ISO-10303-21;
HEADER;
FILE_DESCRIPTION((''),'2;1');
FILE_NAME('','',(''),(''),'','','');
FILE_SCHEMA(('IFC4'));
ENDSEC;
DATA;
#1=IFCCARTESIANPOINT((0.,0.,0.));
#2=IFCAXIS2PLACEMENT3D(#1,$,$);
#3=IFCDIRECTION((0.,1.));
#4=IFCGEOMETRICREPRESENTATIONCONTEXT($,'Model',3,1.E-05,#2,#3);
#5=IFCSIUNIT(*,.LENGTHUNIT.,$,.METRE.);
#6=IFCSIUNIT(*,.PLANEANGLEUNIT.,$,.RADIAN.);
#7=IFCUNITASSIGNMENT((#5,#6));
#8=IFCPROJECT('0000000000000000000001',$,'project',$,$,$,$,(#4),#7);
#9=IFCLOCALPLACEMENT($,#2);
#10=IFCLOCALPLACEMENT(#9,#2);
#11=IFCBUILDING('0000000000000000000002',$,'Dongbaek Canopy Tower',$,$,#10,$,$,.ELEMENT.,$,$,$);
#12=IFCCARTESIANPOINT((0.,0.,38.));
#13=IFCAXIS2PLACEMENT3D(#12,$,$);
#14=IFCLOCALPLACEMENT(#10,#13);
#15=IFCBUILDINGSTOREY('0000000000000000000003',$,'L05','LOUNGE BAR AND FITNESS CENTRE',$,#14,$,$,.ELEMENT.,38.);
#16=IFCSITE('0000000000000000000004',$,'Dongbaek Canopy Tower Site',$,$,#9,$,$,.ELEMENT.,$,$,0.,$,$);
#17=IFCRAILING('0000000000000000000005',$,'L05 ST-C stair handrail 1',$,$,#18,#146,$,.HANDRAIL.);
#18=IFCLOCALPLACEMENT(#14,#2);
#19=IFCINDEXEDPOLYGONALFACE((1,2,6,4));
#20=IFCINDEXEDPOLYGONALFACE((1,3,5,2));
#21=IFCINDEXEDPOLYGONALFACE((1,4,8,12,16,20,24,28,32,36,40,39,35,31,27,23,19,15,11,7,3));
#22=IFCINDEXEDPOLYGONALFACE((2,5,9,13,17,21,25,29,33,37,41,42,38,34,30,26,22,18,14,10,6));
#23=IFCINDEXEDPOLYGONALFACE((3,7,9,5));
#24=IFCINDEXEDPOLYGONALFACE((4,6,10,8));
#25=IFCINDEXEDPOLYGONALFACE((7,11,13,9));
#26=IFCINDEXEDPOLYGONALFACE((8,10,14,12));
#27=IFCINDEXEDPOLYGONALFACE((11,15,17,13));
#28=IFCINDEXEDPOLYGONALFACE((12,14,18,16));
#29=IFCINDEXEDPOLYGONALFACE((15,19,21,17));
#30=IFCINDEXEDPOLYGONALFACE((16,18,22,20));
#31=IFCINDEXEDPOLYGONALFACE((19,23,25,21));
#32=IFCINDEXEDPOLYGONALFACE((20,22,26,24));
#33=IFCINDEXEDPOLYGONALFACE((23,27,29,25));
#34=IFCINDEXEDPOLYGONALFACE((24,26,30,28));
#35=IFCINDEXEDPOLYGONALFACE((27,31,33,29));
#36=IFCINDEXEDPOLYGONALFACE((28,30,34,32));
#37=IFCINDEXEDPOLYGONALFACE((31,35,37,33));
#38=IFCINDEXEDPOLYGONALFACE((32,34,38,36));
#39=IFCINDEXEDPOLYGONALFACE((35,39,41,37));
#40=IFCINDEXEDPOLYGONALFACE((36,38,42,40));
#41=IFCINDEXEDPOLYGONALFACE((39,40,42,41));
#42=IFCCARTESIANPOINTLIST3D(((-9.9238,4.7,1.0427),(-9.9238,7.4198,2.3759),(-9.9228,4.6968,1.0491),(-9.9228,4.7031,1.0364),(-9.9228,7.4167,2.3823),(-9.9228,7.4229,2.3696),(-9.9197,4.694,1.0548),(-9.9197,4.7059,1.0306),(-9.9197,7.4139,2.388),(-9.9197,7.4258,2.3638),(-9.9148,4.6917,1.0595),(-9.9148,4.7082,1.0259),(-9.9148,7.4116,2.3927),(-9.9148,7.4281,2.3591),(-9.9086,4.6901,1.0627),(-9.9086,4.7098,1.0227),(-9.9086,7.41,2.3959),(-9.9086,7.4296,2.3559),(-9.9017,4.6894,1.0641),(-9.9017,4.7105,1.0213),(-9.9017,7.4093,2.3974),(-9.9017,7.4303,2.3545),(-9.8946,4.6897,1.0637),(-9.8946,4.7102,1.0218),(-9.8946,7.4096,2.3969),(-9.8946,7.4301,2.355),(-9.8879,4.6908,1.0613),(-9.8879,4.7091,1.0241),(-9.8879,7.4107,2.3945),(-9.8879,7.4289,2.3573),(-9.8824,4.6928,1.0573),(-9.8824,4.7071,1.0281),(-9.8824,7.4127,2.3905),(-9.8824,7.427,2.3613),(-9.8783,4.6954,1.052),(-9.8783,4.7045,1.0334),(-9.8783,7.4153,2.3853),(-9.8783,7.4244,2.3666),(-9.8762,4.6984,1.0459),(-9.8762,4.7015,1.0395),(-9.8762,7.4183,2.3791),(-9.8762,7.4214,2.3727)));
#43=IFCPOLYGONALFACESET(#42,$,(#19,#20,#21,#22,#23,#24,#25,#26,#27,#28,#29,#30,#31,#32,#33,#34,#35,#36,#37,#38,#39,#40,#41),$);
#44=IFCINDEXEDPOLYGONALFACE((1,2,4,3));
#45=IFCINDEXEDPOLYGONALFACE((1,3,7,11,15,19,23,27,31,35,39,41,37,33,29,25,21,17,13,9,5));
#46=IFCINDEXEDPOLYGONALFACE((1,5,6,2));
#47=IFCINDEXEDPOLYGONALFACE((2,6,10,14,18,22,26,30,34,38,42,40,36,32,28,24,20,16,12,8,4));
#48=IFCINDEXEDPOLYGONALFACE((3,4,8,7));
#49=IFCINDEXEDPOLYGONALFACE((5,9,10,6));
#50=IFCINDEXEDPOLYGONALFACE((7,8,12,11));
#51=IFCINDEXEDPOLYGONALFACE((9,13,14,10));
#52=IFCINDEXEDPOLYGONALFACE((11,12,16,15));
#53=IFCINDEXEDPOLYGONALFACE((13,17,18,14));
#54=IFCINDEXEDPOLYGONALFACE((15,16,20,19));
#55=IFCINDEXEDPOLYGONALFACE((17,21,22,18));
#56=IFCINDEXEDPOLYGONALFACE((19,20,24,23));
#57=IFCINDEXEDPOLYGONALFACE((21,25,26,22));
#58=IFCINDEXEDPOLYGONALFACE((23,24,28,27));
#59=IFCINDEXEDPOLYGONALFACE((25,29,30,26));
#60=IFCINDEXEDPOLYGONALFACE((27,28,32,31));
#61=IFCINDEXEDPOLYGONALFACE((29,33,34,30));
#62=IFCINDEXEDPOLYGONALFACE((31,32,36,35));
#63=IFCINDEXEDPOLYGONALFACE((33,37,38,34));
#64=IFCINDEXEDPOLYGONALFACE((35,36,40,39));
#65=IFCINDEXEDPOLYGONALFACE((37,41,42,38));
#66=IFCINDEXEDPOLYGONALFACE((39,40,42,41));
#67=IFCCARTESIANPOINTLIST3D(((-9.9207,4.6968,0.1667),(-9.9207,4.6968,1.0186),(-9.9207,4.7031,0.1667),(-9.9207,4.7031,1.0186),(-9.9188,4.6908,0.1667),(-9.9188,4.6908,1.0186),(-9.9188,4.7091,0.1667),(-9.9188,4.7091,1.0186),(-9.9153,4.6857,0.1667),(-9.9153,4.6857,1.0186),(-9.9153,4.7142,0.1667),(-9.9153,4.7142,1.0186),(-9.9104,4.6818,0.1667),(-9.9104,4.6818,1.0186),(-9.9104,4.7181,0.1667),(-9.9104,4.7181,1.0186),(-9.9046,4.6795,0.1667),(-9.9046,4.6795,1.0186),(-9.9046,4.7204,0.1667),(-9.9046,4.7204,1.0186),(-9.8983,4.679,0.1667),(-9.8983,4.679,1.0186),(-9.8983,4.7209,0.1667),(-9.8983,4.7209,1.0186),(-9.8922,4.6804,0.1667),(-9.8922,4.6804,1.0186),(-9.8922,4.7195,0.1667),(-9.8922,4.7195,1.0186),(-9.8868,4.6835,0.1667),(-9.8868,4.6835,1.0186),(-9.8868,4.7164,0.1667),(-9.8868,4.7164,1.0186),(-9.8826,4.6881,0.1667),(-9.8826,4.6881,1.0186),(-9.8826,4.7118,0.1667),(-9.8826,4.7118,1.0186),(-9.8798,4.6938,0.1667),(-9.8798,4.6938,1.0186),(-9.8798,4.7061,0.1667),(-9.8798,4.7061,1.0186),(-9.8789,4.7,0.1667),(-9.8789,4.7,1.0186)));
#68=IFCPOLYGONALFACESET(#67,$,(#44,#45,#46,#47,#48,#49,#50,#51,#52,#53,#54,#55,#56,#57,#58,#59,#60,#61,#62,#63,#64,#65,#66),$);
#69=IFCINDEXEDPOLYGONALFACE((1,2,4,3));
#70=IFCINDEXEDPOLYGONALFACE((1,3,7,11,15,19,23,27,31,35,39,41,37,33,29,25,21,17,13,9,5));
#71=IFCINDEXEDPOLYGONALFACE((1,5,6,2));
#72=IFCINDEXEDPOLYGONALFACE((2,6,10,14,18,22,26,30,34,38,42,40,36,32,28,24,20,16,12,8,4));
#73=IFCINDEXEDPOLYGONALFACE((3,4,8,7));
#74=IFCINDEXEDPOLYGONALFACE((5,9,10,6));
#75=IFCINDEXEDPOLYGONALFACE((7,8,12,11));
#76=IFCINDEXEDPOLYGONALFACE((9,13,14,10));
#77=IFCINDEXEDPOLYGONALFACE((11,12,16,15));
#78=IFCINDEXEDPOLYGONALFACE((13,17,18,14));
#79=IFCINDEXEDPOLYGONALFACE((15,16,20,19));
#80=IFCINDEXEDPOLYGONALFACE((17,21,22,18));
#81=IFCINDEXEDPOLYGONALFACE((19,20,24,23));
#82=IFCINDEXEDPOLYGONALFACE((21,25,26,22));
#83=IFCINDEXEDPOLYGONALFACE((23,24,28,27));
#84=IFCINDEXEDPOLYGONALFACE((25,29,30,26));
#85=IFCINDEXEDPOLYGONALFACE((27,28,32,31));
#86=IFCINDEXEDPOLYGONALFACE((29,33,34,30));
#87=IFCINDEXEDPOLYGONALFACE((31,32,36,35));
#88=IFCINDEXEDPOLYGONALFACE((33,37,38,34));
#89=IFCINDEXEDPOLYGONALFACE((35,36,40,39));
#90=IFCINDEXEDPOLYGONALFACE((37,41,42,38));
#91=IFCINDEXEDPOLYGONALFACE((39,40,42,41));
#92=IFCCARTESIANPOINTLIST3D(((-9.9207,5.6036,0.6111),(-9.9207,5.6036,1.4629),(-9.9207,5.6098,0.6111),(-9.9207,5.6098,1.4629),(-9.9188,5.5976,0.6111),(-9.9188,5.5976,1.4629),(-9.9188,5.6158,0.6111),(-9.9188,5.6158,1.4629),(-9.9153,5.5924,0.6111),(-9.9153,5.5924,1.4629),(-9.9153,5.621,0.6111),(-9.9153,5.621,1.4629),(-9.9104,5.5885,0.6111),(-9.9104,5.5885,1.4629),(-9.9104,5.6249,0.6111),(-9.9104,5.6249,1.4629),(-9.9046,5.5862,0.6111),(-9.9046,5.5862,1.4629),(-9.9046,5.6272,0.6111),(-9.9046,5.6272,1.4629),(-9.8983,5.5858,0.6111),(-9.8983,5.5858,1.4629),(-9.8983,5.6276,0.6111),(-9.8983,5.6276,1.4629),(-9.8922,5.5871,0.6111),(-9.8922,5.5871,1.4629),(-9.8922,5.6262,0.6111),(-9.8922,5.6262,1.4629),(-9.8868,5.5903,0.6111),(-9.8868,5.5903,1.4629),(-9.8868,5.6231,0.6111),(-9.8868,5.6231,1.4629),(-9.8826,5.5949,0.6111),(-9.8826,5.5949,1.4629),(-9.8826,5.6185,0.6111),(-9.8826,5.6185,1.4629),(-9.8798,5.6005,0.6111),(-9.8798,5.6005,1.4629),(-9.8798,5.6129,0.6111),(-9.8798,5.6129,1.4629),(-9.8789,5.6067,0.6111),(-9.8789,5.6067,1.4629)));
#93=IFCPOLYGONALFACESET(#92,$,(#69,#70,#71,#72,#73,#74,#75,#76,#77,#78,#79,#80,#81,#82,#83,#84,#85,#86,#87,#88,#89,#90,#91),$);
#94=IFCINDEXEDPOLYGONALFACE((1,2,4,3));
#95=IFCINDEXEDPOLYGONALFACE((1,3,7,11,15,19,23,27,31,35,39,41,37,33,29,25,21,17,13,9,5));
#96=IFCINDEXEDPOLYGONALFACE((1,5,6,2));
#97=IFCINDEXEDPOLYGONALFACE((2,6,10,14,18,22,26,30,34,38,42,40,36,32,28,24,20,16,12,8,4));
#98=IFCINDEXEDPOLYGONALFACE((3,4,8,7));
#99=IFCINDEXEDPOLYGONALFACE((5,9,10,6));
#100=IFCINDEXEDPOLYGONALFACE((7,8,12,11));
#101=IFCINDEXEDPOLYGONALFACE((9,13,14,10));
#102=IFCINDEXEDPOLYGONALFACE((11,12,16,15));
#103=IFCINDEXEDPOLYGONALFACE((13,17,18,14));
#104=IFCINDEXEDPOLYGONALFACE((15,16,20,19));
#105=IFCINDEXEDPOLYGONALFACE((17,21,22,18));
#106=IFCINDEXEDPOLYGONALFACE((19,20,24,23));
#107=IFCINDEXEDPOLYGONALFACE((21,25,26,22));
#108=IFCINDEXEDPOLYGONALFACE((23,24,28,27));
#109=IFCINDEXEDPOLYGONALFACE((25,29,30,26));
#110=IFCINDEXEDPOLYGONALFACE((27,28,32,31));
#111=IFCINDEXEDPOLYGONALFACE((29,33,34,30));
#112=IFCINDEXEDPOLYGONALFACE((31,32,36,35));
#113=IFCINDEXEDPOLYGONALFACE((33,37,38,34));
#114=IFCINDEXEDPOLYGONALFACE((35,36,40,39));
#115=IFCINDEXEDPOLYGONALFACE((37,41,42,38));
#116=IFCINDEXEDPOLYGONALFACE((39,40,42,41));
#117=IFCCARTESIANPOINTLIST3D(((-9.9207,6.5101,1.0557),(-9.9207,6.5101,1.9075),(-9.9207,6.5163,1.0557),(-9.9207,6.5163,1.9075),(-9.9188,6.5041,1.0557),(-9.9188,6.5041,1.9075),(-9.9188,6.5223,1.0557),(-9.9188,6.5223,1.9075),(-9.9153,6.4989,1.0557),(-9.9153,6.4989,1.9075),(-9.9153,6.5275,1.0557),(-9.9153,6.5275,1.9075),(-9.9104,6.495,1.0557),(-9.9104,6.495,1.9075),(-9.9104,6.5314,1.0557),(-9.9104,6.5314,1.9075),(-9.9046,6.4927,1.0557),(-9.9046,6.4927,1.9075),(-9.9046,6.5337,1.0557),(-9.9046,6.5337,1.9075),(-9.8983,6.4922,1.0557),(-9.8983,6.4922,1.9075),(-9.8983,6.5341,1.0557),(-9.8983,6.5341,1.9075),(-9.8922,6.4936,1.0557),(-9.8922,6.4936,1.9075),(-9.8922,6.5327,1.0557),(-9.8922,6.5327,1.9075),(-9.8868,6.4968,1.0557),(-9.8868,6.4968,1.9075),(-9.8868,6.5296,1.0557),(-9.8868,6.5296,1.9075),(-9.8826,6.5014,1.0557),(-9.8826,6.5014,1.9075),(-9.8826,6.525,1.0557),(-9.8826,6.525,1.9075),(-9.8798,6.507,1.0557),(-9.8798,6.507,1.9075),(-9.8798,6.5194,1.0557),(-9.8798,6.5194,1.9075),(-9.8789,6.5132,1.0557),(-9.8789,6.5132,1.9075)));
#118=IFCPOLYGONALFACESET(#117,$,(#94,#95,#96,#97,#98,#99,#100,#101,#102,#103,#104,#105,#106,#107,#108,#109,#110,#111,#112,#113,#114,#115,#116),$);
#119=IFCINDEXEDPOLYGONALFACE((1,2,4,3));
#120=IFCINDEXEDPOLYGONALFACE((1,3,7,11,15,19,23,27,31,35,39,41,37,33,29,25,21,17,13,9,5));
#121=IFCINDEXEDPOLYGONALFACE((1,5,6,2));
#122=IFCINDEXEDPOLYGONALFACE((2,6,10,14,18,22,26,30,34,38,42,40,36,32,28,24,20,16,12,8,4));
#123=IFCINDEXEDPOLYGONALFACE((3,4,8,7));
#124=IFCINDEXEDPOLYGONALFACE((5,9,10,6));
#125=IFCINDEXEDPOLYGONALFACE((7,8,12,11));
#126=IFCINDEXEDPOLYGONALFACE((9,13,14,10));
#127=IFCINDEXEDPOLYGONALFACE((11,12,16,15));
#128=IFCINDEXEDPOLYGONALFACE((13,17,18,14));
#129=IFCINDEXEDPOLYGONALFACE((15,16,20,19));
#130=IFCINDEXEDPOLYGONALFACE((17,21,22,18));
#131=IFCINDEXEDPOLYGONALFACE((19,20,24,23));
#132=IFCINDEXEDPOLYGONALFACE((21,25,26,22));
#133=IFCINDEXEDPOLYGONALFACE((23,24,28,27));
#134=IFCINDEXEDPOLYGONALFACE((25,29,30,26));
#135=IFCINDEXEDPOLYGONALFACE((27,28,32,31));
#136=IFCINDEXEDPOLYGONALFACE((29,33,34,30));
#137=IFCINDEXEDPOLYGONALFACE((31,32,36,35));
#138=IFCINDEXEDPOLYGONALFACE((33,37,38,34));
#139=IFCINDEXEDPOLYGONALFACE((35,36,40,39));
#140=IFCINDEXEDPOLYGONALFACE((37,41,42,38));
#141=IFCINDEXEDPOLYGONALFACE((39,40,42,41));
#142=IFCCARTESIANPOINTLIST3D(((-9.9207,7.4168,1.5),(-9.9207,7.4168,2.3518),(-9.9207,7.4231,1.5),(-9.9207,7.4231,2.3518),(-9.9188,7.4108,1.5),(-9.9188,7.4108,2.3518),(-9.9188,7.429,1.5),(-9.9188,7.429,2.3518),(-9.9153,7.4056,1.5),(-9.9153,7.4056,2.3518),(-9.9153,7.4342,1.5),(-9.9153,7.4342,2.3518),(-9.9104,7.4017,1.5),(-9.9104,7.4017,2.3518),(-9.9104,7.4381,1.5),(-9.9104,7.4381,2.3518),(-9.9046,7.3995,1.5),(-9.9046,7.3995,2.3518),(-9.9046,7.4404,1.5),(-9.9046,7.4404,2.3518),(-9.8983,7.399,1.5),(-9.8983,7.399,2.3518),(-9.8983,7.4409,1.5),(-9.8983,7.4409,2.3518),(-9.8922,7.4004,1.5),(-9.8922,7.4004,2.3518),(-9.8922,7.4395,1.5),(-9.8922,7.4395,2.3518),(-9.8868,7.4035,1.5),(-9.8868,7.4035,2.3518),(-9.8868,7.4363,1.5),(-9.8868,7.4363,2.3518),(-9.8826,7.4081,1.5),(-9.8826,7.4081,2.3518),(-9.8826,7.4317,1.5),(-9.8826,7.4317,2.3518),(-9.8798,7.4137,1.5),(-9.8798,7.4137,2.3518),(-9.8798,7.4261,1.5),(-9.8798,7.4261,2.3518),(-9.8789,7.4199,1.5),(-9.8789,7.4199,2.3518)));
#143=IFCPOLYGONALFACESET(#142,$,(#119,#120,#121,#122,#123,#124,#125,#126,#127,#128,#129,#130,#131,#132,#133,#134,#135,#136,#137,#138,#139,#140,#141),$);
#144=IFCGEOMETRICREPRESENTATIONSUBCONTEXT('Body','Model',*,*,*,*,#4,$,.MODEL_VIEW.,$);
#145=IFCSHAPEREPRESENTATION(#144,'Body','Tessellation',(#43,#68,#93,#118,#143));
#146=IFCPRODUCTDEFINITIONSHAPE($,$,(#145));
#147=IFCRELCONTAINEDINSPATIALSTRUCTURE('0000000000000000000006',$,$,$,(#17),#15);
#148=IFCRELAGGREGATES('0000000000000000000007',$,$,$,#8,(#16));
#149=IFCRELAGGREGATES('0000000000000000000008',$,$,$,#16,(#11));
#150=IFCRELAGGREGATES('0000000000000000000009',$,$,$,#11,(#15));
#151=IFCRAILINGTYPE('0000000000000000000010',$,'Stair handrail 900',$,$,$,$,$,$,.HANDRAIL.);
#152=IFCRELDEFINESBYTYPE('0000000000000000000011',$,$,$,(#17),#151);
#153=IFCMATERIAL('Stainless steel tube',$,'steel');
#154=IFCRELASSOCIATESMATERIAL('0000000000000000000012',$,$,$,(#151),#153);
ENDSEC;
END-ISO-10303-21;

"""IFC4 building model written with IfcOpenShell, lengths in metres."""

from ifc_helpers import new_model, si_unit, direction, frame, origin, origin_2d, place, context, subcontext, project, spatial, circle, extrude, material, type_object, element, save


model = new_model("IFC4")

# Units and contexts
model_context = context("Model", 3, precision=1e-05, world=origin(), true_north=direction((0.0, 1.0)))
body_context = subcontext(model_context, "Body", "Model", "MODEL_VIEW")
ifc_project = project(units=[si_unit("LENGTHUNIT", "METRE"), si_unit("PLANEANGLEUNIT", "RADIAN")], contexts=[model_context])

# Site, building, storey
site_placement = place(None, origin())
site = spatial("IfcSite", under=ifc_project, at=site_placement, Name="Dongbaek Canopy Tower Site", CompositionType="ELEMENT", RefElevation=0.0)
building_placement = place(site_placement, origin())
building = spatial("IfcBuilding", under=site, at=building_placement, Name="Dongbaek Canopy Tower", CompositionType="ELEMENT")
storey_placement = place(building_placement, frame((0.0, 0.0, 38.0)))
storey = spatial("IfcBuildingStorey", under=building, at=storey_placement, Name="L05", Description="LOUNGE BAR AND FITNESS CENTRE", CompositionType="ELEMENT", Elevation=38.0)

# Railing
ifc_material_1 = material(Name="Stainless steel tube", Category="steel")
railing_type_1 = type_object("IfcRailingType", Name="Stair handrail 900", PredefinedType="HANDRAIL", material=ifc_material_1)
for number, where, name in (
    (1, (-9.8999, 4.7, 0.1667), "L05 ST-C stair handrail 1"),
):
    element("IfcRailing", number, at=place(storey_placement, frame(where)), inside=storey, type_object=railing_type_1, Name=name, PredefinedType="HANDRAIL", context=body_context, shape_type="SweptSolid", body=[
        extrude(circle(Radius=0.0239, at=origin_2d()), frame((0.0, 0.0, 0.876), z_axis=(0.0, 0.897929, 0.440139), x_axis=(-1.0, 0.0, 0.0)), (0.0, 0.0, 1.0), 3.0291),
        extrude(circle(Radius=0.021, at=origin_2d()), origin(), (0.0, 0.0, 1.0), 0.8518),
        extrude(circle(Radius=0.021, at=origin_2d()), frame((0.0, 0.9067, 0.4443)), (0.0, 0.0, 1.0), 0.8518),
        extrude(circle(Radius=0.021, at=origin_2d()), frame((0.0, 1.8132, 0.8889)), (0.0, 0.0, 1.0), 0.8518),
        extrude(circle(Radius=0.021, at=origin_2d()), frame((0.0, 2.72, 1.3333)), (0.0, 0.0, 1.0), 0.8518),
    ])

save(model, "model.ifc")
